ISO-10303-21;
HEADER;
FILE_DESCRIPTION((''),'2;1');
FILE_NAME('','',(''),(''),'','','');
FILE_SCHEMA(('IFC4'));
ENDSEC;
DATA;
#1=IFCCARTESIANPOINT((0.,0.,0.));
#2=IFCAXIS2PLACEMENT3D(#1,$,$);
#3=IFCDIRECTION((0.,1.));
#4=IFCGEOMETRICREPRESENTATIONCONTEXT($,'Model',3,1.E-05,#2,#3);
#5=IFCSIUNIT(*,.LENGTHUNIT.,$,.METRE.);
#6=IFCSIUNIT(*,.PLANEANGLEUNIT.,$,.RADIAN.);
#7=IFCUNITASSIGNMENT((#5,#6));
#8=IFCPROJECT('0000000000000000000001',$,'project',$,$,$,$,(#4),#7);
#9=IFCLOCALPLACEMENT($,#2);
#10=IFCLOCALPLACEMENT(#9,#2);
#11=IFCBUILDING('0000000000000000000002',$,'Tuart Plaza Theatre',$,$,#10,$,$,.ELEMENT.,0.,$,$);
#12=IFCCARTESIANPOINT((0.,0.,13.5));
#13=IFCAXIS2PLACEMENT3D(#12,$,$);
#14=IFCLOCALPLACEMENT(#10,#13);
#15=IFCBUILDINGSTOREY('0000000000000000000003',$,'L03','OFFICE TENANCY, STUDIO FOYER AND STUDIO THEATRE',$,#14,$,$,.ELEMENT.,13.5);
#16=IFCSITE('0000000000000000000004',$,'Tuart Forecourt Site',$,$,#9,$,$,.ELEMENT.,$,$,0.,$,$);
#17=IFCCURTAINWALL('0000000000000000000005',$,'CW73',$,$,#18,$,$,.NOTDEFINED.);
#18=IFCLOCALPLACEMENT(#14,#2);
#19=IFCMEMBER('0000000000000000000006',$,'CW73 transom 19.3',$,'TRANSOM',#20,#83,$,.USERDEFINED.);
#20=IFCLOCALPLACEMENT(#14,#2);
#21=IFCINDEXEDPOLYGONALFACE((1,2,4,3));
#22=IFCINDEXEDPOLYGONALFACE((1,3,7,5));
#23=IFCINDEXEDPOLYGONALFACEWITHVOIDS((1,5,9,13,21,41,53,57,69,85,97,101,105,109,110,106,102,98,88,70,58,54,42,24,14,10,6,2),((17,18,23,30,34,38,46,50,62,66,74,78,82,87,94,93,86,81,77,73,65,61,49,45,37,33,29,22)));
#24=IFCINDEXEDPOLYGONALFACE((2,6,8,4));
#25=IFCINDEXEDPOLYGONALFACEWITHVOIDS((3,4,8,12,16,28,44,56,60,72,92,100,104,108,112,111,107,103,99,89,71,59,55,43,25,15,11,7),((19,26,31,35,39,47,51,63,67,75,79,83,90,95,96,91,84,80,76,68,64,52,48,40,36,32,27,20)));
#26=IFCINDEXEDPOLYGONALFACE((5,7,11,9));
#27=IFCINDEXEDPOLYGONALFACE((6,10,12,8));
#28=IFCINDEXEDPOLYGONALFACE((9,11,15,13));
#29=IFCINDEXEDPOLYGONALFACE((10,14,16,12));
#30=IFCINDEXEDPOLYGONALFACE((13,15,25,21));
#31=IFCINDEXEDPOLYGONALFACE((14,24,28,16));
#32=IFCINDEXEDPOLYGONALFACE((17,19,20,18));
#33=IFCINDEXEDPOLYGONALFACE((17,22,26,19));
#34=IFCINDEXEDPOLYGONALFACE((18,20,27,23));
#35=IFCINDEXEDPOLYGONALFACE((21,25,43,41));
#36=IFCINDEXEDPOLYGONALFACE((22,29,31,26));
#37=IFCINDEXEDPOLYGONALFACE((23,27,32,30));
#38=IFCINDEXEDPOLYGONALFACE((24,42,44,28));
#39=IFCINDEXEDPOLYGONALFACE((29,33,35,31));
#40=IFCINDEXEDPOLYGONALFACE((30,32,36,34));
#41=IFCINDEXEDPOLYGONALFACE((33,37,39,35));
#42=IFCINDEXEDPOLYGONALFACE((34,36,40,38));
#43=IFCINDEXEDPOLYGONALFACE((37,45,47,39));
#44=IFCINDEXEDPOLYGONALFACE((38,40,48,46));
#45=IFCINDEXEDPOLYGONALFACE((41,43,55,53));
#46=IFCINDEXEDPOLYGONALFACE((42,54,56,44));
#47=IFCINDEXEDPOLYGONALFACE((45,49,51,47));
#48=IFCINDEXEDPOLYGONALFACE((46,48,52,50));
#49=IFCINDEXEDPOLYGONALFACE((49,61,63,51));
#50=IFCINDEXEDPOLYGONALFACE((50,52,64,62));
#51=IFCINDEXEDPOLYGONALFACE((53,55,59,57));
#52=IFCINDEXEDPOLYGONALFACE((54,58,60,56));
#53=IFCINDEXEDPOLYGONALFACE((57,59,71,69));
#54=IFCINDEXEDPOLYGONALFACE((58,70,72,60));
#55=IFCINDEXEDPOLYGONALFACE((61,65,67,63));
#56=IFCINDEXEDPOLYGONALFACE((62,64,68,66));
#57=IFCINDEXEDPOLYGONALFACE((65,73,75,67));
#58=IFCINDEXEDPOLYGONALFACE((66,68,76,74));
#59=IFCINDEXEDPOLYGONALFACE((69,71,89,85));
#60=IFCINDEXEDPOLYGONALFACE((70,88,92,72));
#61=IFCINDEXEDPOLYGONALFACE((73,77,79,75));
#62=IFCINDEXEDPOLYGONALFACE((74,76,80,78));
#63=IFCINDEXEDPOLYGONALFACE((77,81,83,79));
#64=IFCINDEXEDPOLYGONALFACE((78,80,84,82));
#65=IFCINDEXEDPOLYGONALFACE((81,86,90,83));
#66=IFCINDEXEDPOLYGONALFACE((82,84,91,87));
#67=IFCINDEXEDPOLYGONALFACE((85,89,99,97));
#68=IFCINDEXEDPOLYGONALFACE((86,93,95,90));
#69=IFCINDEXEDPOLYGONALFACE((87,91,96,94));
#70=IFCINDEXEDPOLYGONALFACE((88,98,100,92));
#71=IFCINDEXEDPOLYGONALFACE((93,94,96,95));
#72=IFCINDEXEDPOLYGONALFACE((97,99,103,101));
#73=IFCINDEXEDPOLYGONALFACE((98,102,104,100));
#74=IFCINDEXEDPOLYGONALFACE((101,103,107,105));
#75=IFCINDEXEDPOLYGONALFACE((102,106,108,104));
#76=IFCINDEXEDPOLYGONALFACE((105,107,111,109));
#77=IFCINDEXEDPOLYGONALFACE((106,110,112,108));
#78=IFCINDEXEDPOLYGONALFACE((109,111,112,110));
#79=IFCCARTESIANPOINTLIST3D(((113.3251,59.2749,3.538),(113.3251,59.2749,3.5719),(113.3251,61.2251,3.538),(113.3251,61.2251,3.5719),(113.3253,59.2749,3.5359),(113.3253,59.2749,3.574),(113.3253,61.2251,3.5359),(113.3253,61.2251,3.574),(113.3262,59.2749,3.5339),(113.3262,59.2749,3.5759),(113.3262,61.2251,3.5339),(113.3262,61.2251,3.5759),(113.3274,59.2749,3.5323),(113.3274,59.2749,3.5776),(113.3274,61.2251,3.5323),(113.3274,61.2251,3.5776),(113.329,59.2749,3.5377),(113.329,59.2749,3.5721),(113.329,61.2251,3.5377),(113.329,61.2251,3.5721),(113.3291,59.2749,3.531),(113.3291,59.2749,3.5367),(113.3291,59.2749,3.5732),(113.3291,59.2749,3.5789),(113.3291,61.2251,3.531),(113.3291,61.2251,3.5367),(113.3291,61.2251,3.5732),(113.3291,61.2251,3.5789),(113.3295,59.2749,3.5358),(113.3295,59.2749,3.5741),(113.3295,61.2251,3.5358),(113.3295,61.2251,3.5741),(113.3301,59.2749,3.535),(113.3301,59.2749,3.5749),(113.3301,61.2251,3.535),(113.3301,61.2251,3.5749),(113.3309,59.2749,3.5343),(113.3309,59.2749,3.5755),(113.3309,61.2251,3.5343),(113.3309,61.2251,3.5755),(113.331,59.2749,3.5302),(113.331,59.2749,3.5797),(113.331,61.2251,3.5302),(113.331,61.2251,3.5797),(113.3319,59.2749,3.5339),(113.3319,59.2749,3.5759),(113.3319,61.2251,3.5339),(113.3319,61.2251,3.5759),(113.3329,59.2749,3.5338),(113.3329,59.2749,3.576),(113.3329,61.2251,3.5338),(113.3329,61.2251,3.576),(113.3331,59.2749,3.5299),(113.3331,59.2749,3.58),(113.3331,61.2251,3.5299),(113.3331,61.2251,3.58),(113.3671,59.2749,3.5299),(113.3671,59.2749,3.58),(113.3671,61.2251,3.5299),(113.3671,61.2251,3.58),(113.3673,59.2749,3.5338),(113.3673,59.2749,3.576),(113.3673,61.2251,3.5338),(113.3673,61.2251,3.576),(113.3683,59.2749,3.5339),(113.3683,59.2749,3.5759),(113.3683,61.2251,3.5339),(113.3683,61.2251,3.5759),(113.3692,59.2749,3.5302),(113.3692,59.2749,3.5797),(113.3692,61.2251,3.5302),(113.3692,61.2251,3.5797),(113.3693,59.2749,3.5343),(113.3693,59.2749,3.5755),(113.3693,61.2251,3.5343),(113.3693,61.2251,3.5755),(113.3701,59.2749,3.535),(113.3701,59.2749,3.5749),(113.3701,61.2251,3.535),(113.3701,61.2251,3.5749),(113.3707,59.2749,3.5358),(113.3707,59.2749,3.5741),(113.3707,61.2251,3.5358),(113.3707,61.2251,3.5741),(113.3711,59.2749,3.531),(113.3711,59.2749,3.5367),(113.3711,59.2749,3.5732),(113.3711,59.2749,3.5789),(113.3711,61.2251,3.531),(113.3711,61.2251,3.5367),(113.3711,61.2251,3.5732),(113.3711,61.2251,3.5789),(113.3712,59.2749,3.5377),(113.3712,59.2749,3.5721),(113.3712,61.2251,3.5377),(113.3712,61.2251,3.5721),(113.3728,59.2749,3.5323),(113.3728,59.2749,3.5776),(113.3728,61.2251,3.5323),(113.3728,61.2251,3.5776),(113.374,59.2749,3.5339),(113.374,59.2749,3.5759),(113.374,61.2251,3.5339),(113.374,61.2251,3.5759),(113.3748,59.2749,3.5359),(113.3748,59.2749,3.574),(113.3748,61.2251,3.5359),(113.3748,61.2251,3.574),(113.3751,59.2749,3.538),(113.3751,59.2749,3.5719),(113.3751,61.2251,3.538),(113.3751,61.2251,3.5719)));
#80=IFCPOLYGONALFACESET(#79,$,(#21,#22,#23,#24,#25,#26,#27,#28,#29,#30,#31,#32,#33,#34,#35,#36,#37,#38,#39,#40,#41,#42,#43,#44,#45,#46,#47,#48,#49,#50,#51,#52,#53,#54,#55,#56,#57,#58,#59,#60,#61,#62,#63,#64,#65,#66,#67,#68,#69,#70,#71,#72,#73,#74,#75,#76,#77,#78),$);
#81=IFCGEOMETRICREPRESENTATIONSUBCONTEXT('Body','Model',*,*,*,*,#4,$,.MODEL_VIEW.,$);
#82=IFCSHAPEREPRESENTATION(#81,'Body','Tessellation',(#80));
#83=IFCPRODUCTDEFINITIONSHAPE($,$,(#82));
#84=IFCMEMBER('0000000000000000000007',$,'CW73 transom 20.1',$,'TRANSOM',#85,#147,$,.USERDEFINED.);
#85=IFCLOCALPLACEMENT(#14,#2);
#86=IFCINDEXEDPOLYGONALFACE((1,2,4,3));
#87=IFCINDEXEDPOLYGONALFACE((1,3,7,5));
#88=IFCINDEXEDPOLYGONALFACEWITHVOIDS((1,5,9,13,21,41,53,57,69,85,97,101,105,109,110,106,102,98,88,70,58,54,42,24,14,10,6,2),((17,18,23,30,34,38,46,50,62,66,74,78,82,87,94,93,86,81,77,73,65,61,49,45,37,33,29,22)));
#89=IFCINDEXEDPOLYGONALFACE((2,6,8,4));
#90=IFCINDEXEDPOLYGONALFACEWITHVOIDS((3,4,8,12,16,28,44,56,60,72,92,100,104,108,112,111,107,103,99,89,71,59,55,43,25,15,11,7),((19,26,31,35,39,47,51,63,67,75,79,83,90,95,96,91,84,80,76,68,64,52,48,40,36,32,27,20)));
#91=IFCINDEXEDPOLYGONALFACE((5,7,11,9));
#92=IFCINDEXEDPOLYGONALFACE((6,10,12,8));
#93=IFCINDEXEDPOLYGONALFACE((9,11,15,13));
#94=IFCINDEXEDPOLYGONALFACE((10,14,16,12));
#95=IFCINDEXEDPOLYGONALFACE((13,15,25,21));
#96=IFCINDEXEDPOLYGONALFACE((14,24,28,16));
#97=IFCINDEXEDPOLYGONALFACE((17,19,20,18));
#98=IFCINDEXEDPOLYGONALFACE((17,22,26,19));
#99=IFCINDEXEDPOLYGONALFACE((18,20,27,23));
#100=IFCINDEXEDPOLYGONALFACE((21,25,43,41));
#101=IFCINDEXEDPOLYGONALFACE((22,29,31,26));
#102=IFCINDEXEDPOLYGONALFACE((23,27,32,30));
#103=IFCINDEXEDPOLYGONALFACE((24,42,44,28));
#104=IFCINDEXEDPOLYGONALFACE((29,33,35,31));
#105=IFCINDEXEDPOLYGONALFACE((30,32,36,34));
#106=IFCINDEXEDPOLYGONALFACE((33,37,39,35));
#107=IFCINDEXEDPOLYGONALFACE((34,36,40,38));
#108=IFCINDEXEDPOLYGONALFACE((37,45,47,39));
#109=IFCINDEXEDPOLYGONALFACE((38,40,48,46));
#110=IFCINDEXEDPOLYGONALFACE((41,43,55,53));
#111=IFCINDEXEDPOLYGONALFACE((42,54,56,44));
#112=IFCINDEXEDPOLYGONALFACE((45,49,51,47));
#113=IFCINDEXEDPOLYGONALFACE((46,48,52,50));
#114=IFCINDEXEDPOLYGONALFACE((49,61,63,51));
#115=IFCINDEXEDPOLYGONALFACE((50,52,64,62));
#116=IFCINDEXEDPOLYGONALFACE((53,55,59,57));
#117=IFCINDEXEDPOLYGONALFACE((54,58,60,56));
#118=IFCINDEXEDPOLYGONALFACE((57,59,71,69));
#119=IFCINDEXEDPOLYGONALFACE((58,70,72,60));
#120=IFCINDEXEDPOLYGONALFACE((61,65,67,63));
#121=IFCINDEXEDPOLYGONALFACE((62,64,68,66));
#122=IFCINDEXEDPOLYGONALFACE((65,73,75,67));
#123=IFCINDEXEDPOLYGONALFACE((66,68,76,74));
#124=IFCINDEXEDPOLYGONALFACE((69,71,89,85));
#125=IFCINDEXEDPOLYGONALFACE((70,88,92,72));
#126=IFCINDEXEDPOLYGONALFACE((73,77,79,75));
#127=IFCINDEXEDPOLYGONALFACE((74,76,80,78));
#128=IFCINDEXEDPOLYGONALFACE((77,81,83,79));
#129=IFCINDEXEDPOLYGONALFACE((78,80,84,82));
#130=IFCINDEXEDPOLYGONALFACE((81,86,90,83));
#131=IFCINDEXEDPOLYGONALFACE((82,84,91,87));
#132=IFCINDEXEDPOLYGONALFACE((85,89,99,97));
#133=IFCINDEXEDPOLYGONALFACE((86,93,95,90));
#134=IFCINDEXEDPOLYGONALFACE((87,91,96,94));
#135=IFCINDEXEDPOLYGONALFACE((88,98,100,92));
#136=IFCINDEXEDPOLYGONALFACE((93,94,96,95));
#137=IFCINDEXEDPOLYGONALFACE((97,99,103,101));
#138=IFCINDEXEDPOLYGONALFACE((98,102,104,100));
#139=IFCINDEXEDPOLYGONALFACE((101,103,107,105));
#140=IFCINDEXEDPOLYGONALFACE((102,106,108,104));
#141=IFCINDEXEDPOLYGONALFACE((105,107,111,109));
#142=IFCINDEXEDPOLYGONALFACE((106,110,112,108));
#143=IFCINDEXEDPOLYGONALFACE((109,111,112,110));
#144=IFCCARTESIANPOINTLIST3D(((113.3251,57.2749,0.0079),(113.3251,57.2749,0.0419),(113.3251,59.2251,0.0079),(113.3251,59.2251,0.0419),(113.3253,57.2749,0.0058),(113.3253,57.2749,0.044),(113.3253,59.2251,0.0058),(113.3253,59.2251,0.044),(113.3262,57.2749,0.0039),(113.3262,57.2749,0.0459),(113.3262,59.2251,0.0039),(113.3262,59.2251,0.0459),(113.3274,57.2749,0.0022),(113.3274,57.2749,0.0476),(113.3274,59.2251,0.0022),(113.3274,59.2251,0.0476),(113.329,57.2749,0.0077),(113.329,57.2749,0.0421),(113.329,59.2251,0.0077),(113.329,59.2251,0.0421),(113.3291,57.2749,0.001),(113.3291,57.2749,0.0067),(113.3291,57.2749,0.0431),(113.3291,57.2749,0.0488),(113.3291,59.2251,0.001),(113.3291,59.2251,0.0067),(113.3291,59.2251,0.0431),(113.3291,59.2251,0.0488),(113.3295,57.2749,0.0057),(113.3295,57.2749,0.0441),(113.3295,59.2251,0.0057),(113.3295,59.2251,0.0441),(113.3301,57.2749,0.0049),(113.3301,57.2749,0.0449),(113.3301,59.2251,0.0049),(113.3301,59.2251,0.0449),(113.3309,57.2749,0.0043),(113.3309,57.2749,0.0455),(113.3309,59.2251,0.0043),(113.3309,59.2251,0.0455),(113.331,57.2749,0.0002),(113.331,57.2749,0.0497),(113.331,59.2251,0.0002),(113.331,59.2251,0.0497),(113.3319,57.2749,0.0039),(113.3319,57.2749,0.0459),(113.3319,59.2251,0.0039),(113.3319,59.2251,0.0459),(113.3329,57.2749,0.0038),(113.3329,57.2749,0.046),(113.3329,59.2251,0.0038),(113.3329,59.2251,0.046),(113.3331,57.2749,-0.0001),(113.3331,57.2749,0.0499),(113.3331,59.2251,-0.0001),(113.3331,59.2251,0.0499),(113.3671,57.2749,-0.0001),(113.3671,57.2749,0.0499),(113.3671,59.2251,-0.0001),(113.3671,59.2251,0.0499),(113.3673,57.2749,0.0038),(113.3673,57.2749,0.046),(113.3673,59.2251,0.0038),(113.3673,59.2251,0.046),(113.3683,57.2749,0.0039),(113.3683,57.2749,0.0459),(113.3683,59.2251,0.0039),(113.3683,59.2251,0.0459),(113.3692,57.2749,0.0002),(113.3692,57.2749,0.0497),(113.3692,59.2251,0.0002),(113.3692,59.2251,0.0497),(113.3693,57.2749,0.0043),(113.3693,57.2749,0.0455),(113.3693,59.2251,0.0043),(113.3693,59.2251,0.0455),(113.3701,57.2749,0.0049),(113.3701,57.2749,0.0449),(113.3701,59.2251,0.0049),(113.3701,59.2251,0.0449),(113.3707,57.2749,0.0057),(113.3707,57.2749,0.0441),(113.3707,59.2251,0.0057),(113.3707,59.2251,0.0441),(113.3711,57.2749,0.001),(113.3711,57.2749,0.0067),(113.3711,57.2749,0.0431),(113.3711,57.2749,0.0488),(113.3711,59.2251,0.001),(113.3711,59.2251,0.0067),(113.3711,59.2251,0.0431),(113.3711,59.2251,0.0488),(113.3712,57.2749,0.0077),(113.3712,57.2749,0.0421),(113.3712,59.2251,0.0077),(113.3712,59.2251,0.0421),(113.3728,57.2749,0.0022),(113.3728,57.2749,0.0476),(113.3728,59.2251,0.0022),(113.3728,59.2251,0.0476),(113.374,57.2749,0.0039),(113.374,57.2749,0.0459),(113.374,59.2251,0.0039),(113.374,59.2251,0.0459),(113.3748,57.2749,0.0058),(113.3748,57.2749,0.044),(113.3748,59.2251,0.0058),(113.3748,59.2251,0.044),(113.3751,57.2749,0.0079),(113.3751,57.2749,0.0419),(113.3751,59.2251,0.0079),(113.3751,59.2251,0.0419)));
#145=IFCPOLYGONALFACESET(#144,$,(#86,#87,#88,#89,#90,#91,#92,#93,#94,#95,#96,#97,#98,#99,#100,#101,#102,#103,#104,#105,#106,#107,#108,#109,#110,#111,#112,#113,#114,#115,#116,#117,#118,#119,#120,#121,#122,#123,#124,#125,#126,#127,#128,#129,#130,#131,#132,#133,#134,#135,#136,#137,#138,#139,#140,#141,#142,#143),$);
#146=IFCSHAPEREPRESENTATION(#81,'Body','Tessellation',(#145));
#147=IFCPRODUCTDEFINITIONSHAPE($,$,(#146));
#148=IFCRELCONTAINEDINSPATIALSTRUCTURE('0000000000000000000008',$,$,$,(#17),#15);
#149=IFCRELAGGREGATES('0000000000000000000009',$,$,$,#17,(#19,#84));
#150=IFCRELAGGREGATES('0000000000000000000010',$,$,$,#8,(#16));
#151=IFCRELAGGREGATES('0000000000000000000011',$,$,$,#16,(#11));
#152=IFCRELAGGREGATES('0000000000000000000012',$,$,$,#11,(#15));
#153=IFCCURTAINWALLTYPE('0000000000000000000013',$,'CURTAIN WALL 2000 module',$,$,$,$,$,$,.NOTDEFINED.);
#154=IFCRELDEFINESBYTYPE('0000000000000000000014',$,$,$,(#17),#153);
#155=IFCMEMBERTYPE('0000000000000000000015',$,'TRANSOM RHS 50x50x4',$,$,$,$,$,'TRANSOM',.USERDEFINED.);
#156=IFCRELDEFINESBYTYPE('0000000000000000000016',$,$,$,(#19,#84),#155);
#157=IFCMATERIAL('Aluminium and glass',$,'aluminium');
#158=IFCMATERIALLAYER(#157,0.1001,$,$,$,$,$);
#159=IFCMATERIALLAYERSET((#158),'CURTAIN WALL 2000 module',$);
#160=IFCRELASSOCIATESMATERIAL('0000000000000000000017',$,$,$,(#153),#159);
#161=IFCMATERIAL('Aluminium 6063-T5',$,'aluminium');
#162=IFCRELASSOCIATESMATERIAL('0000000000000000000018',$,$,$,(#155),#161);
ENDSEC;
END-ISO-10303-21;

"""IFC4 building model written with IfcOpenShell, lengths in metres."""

from ifc_helpers import new_model, si_unit, direction, frame, origin, origin_2d, place, context, subcontext, project, spatial, hollow_rectangle, extrude, material, layer, layer_set, material_profile, profile_set, type_object, element, aggregate, save


model = new_model("IFC4")

# Units and contexts
model_context = context("Model", 3, precision=1e-05, world=origin(), true_north=direction((0.0, 1.0)))
body_context = subcontext(model_context, "Body", "Model", "MODEL_VIEW")
ifc_project = project(units=[si_unit("LENGTHUNIT", "METRE"), si_unit("PLANEANGLEUNIT", "RADIAN")], contexts=[model_context])

# Site, building, storey
site_placement = place(None, origin())
site = spatial("IfcSite", under=ifc_project, at=site_placement, Name="Tuart Forecourt Site", CompositionType="ELEMENT", RefElevation=0.0)
building_placement = place(site_placement, origin())
building = spatial("IfcBuilding", under=site, at=building_placement, Name="Tuart Plaza Theatre", CompositionType="ELEMENT", ElevationOfRefHeight=0.0)
storey_placement = place(building_placement, frame((0.0, 0.0, 13.5)))
storey = spatial("IfcBuildingStorey", under=building, at=storey_placement, Name="L03", Description="OFFICE TENANCY, STUDIO FOYER AND STUDIO THEATRE", CompositionType="ELEMENT", Elevation=13.5)

# Curtain wall, members
ifc_material_1 = material(Name="Aluminium and glass", Category="aluminium")
ifc_layer_1 = layer(ifc_material_1, 0.1001)
ifc_layer_set_1 = layer_set([ifc_layer_1], Name="CURTAIN WALL 2000 module")
curtain_wall_type = type_object("IfcCurtainWallType", Name="CURTAIN WALL 2000 module", PredefinedType="NOTDEFINED", material=ifc_layer_set_1)
curtain_wall_placement = place(storey_placement, origin())
curtain_wall = element("IfcCurtainWall", 1, at=curtain_wall_placement, inside=storey, type_object=curtain_wall_type, Name="CW73", PredefinedType="NOTDEFINED")
ifc_material_2 = material(Name="Aluminium 6063-T5", Category="aluminium")
ifc_material_profile_1 = material_profile(ifc_material_2, hollow_rectangle(XDim=0.05, YDim=0.05, WallThickness=0.0039, InnerFilletRadius=0.0039, OuterFilletRadius=0.0081, at=origin_2d()), Name="RHS 50x50x4")
ifc_profile_set_1 = profile_set([ifc_material_profile_1], Name="Aluminium 6063-T5")
member_type_1 = type_object("IfcMemberType", Name="TRANSOM RHS 50x50x4", ElementType="TRANSOM", PredefinedType="USERDEFINED", material=ifc_profile_set_1)
member_1_placement = place(storey_placement, frame((113.3501, 61.2251, 3.5549), z_axis=(0.0, -1.0, 0.0), x_axis=(1.0, 0.0, 0.0)))
member_1 = element("IfcMember", 2, at=member_1_placement, type_object=member_type_1, Name="CW73 transom 19.3", ObjectType="TRANSOM", PredefinedType="USERDEFINED", context=body_context, shape_type="SweptSolid", body=[
    extrude(hollow_rectangle(XDim=0.05, YDim=0.05, WallThickness=0.0039, InnerFilletRadius=0.0039, OuterFilletRadius=0.0081, at=origin_2d()), origin(), (0.0, 0.0, 1.0), 1.9502),
])
member_2_placement = place(storey_placement, frame((113.3501, 59.2251, 0.0249), z_axis=(0.0, -1.0, 0.0), x_axis=(1.0, 0.0, 0.0)))
member_2 = element("IfcMember", 3, at=member_2_placement, type_object=member_type_1, Name="CW73 transom 20.1", ObjectType="TRANSOM", PredefinedType="USERDEFINED", context=body_context, shape_type="SweptSolid", body=[
    extrude(hollow_rectangle(XDim=0.05, YDim=0.05, WallThickness=0.0039, InnerFilletRadius=0.0039, OuterFilletRadius=0.0081, at=origin_2d()), origin(), (0.0, 0.0, 1.0), 1.9502),
])
aggregate(curtain_wall, [member_1, member_2])

save(model, "model.ifc")
